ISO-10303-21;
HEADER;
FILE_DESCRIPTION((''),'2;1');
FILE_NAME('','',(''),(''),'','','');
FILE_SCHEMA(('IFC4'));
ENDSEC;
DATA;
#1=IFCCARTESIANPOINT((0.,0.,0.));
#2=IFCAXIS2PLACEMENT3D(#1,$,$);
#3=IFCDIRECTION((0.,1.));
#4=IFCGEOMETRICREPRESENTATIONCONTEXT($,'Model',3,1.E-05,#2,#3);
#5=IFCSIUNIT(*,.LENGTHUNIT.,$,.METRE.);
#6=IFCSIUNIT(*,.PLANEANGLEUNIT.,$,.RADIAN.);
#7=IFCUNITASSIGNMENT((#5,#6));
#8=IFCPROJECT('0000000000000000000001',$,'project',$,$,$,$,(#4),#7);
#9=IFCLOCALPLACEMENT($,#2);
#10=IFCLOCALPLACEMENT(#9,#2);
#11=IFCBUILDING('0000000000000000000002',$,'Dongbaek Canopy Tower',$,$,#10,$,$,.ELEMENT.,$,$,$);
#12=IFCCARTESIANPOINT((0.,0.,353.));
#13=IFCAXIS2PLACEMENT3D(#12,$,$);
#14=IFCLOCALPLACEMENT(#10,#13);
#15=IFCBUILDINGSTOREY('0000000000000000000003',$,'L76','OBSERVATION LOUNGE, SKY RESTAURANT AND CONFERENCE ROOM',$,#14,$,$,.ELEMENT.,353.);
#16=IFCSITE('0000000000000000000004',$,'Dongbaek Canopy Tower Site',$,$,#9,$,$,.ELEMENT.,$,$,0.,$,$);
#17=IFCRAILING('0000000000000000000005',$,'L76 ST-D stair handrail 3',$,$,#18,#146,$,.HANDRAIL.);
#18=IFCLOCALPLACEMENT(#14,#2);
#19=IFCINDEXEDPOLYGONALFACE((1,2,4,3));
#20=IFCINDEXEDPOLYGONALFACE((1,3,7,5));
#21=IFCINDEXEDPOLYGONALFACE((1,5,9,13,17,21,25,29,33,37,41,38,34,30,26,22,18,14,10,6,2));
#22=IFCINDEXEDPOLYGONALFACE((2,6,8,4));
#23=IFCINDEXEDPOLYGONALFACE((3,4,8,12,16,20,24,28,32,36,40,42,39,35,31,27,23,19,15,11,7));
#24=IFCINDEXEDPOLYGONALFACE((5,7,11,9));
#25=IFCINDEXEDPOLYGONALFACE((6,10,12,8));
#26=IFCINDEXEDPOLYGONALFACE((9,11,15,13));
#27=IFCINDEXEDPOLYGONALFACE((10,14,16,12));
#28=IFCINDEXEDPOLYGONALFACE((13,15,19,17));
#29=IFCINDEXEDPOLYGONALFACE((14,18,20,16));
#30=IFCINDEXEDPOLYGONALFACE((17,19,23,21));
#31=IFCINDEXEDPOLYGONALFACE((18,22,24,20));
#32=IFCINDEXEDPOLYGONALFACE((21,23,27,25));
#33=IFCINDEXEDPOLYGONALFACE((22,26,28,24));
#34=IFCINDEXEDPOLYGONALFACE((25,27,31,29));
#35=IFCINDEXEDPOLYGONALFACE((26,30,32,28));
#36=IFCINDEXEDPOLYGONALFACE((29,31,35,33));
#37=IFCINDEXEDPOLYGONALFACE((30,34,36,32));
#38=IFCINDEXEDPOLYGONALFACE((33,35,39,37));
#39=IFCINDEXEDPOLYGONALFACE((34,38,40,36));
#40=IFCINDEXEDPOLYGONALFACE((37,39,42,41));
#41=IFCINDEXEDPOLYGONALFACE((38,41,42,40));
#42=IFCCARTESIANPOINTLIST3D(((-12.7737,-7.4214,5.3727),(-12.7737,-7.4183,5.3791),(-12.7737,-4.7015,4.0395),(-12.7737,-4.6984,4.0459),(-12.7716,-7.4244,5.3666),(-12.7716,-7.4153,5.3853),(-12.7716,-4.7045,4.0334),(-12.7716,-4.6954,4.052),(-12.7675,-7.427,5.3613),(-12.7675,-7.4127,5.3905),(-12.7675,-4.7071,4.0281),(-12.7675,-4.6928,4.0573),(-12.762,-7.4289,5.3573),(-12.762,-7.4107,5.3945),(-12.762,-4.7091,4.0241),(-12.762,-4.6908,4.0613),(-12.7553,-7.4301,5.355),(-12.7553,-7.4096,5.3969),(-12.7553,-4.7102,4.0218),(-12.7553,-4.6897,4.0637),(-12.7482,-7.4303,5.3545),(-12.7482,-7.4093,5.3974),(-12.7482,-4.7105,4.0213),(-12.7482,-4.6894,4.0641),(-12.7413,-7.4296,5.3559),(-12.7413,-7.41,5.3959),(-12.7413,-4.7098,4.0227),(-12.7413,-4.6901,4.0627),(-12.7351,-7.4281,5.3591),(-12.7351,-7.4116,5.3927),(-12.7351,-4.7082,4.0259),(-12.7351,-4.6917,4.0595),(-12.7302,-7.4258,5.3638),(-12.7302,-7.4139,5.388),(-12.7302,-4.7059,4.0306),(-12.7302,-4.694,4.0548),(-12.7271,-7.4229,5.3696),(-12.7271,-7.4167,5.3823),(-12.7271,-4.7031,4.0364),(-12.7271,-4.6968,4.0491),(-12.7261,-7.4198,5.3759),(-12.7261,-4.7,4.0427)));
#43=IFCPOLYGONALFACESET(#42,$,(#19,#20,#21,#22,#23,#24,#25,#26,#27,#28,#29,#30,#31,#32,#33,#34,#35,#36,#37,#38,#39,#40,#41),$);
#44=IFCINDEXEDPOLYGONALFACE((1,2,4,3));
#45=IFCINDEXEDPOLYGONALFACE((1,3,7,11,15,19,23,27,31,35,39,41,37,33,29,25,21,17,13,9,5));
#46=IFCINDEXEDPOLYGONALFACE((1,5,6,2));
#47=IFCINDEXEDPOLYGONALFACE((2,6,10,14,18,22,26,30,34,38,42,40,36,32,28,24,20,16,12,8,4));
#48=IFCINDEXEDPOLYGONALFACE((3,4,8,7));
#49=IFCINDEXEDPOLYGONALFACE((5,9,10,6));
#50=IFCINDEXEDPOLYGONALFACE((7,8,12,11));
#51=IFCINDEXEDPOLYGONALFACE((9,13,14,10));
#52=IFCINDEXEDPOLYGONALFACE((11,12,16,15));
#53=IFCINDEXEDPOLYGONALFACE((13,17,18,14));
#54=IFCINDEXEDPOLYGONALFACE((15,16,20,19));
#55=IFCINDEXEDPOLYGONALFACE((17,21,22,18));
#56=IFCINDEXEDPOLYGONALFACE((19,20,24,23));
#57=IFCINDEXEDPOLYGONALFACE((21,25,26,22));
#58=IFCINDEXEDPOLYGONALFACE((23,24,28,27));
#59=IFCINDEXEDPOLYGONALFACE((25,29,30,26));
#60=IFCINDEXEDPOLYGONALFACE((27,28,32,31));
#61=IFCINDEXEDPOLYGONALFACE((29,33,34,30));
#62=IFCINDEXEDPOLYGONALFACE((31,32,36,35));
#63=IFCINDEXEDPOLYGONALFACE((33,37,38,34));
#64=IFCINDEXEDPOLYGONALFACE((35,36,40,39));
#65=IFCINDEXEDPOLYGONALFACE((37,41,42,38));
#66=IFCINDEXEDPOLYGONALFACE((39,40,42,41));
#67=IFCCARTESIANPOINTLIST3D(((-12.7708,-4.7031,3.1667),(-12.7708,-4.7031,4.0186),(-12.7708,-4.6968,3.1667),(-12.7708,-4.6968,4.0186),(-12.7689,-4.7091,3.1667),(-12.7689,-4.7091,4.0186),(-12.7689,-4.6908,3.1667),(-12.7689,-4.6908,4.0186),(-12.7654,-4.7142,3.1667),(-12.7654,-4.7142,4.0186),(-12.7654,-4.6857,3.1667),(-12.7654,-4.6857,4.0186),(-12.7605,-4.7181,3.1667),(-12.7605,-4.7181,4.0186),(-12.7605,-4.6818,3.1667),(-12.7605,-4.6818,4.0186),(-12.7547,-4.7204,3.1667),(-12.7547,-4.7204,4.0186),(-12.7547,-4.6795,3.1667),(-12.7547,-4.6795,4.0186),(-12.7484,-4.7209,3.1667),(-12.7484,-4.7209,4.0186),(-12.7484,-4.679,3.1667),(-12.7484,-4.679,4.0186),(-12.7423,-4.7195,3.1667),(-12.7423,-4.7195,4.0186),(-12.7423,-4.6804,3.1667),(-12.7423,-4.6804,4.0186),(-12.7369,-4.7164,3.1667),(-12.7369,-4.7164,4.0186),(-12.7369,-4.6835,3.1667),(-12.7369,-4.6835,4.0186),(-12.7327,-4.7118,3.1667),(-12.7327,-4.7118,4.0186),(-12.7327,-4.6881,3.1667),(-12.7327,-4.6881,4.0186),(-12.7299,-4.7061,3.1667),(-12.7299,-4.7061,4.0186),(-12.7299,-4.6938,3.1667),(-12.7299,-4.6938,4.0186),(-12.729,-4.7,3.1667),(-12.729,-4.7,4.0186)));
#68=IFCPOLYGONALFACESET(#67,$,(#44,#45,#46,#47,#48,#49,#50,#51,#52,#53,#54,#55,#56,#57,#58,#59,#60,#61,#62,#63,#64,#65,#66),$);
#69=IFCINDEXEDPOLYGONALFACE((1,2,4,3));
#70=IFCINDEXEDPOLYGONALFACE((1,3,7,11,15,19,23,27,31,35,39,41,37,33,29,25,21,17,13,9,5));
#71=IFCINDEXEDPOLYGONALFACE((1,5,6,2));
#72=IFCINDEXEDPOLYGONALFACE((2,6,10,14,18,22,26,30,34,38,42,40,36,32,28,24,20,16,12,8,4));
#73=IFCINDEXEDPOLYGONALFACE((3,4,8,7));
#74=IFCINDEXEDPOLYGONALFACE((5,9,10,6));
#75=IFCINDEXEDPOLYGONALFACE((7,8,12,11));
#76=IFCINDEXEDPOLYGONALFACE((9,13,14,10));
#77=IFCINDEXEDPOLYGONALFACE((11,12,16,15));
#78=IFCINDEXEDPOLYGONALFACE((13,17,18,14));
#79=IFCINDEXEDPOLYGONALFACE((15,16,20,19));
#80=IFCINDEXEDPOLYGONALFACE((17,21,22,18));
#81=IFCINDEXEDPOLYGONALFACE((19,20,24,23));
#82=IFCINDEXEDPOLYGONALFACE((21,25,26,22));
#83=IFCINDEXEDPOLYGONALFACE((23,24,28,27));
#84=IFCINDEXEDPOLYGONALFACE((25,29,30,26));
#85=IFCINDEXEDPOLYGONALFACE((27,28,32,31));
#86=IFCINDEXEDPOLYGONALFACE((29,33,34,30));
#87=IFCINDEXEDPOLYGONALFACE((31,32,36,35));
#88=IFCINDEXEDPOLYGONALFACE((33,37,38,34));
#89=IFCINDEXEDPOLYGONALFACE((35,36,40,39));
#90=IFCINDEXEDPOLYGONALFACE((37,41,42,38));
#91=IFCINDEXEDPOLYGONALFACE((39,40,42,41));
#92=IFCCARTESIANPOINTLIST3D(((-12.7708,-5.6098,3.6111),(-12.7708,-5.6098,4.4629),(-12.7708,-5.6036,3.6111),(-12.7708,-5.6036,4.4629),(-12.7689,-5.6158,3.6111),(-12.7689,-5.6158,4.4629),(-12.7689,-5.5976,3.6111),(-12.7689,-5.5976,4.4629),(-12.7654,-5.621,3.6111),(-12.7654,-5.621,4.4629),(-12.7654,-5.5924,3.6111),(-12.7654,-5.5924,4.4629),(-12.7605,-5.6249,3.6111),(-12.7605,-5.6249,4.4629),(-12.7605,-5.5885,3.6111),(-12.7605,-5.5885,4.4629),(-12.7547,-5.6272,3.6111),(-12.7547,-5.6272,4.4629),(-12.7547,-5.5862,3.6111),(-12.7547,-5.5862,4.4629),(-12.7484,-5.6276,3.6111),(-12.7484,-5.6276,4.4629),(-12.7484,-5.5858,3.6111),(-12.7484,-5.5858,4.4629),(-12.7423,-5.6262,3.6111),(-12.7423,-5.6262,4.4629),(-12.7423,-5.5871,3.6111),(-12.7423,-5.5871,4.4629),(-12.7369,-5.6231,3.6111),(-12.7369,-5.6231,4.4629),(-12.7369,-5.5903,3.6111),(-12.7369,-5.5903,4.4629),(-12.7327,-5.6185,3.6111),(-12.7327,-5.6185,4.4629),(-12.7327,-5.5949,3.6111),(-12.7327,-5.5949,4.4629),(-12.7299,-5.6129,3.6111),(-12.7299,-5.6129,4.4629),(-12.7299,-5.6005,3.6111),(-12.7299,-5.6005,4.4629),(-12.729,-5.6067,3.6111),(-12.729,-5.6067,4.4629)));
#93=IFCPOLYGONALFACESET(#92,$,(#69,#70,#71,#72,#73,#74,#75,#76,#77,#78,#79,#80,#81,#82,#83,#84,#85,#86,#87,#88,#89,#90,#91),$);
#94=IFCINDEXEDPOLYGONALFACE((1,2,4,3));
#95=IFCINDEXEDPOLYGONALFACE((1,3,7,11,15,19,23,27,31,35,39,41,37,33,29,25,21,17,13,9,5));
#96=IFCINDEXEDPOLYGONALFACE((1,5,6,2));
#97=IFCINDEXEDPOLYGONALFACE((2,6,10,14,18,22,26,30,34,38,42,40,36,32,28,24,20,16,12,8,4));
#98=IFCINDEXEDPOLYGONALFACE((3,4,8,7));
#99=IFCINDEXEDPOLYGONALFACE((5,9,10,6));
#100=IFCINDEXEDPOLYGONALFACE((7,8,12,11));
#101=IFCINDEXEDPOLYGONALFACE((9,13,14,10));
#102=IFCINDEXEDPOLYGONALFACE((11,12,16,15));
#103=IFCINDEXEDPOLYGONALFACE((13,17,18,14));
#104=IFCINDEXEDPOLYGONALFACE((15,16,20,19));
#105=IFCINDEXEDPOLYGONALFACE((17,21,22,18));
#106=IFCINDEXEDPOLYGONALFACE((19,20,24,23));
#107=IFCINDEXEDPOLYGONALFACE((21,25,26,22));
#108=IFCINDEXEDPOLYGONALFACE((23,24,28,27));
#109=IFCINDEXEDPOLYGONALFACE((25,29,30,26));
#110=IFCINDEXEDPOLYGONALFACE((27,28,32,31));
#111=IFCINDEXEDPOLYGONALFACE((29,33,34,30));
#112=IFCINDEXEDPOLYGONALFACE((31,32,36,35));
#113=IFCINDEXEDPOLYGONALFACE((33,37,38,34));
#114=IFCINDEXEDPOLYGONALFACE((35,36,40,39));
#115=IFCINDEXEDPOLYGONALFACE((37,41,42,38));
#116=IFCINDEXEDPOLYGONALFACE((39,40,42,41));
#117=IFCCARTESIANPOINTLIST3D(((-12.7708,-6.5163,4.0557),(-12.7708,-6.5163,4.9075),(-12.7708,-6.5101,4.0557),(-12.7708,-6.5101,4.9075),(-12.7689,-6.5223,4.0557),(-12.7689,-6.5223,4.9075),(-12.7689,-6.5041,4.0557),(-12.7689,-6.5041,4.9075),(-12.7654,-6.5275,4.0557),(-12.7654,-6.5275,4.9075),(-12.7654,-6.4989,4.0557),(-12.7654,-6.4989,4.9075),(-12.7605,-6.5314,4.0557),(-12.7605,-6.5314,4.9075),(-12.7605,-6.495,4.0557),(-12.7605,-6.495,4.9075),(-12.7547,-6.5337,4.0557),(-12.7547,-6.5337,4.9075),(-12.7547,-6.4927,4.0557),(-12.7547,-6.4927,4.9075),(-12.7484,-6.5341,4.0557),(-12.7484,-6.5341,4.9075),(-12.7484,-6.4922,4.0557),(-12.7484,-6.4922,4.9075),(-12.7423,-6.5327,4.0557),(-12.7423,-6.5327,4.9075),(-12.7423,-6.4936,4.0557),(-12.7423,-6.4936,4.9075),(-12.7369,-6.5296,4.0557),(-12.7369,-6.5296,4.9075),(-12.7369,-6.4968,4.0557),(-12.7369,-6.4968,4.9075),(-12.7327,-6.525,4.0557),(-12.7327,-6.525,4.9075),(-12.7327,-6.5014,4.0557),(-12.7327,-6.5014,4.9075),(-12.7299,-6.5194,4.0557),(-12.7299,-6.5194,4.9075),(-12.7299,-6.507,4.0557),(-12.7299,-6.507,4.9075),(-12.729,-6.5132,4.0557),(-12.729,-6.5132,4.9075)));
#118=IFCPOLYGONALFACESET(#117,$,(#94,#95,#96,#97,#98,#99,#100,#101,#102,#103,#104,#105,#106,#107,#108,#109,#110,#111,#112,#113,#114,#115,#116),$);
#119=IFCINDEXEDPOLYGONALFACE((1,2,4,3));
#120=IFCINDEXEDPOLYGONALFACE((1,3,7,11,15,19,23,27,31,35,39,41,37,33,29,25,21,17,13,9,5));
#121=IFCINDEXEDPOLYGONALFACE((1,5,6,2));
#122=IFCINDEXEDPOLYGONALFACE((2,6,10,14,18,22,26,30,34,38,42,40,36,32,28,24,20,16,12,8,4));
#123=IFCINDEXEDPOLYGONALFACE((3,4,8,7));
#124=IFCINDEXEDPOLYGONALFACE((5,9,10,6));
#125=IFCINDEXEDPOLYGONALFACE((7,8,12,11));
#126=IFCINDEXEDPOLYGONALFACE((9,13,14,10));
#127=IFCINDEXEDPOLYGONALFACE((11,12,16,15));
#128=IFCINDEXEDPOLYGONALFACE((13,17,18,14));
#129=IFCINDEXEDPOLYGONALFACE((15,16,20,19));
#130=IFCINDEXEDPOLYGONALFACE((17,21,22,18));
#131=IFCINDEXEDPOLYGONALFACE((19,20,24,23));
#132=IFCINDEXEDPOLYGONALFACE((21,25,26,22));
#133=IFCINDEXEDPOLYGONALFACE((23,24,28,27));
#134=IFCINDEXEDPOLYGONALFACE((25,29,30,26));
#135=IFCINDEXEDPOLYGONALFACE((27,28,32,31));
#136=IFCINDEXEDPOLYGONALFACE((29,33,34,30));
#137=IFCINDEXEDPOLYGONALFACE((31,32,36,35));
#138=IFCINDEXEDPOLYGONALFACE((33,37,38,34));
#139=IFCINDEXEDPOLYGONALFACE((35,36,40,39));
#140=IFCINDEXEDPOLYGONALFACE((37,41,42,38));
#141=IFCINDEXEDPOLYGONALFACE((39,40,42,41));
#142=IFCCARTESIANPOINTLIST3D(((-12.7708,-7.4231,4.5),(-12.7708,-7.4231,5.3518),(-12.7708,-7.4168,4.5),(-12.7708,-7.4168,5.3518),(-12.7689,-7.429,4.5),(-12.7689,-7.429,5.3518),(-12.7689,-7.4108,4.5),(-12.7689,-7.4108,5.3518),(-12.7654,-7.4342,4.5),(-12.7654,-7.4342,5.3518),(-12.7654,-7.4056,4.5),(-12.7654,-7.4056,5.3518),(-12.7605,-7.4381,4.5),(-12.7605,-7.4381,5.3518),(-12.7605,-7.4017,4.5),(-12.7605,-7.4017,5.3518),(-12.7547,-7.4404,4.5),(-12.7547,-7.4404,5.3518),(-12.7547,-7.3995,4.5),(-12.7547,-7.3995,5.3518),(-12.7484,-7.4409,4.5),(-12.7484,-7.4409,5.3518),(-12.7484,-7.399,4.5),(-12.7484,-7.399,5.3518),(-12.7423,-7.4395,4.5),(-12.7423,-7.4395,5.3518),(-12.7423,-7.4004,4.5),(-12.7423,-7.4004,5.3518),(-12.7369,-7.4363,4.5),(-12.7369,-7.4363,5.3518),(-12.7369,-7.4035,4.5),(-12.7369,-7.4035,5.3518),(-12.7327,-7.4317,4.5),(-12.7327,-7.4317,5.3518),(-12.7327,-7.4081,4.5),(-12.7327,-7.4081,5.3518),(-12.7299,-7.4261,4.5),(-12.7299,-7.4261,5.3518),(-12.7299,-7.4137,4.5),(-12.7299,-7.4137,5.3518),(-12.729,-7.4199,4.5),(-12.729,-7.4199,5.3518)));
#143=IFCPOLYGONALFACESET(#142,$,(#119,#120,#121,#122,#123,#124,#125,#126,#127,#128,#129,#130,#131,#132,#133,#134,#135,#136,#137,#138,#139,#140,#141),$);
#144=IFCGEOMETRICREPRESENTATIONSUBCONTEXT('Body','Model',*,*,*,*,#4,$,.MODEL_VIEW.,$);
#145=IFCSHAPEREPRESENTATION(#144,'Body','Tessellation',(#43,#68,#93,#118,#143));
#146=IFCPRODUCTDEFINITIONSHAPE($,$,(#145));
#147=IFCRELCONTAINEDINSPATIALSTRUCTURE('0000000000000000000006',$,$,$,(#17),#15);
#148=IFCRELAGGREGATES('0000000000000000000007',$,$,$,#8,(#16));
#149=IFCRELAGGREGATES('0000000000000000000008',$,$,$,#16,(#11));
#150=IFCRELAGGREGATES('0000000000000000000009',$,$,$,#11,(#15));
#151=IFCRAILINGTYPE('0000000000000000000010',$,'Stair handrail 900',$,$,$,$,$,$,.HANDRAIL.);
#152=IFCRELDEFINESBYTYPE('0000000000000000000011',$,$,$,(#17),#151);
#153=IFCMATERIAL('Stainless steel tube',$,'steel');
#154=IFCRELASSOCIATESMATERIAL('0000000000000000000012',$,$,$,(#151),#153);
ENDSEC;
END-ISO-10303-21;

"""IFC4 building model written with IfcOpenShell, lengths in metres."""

from ifc_helpers import new_model, si_unit, direction, frame, origin, origin_2d, place, context, subcontext, project, spatial, circle, extrude, material, type_object, element, save


model = new_model("IFC4")

# Units and contexts
model_context = context("Model", 3, precision=1e-05, world=origin(), true_north=direction((0.0, 1.0)))
body_context = subcontext(model_context, "Body", "Model", "MODEL_VIEW")
ifc_project = project(units=[si_unit("LENGTHUNIT", "METRE"), si_unit("PLANEANGLEUNIT", "RADIAN")], contexts=[model_context])

# Site, building, storey
site_placement = place(None, origin())
site = spatial("IfcSite", under=ifc_project, at=site_placement, Name="Dongbaek Canopy Tower Site", CompositionType="ELEMENT", RefElevation=0.0)
building_placement = place(site_placement, origin())
building = spatial("IfcBuilding", under=site, at=building_placement, Name="Dongbaek Canopy Tower", CompositionType="ELEMENT")
storey_placement = place(building_placement, frame((0.0, 0.0, 353.0)))
storey = spatial("IfcBuildingStorey", under=building, at=storey_placement, Name="L76", Description="OBSERVATION LOUNGE, SKY RESTAURANT AND CONFERENCE ROOM", CompositionType="ELEMENT", Elevation=353.0)

# Railing
ifc_material_1 = material(Name="Stainless steel tube", Category="steel")
railing_type_1 = type_object("IfcRailingType", Name="Stair handrail 900", PredefinedType="HANDRAIL", material=ifc_material_1)
railing_1_placement = place(storey_placement, frame((-12.75, -4.7, 3.1667)))
element("IfcRailing", 1, at=railing_1_placement, inside=storey, type_object=railing_type_1, Name="L76 ST-D stair handrail 3", PredefinedType="HANDRAIL", context=body_context, shape_type="SweptSolid", body=[
    extrude(circle(Radius=0.0239, at=origin_2d()), frame((0.0, 0.0, 0.876), z_axis=(0.0, -0.897929, 0.440139), x_axis=(1.0, 0.0, 0.0)), (0.0, 0.0, 1.0), 3.0291),
    extrude(circle(Radius=0.021, at=origin_2d()), origin(), (0.0, 0.0, 1.0), 0.8518),
    extrude(circle(Radius=0.021, at=origin_2d()), frame((0.0, -0.9067, 0.4443)), (0.0, 0.0, 1.0), 0.8518),
    extrude(circle(Radius=0.021, at=origin_2d()), frame((0.0, -1.8132, 0.8889)), (0.0, 0.0, 1.0), 0.8518),
    extrude(circle(Radius=0.021, at=origin_2d()), frame((0.0, -2.72, 1.3333)), (0.0, 0.0, 1.0), 0.8518),
])

save(model, "model.ifc")
